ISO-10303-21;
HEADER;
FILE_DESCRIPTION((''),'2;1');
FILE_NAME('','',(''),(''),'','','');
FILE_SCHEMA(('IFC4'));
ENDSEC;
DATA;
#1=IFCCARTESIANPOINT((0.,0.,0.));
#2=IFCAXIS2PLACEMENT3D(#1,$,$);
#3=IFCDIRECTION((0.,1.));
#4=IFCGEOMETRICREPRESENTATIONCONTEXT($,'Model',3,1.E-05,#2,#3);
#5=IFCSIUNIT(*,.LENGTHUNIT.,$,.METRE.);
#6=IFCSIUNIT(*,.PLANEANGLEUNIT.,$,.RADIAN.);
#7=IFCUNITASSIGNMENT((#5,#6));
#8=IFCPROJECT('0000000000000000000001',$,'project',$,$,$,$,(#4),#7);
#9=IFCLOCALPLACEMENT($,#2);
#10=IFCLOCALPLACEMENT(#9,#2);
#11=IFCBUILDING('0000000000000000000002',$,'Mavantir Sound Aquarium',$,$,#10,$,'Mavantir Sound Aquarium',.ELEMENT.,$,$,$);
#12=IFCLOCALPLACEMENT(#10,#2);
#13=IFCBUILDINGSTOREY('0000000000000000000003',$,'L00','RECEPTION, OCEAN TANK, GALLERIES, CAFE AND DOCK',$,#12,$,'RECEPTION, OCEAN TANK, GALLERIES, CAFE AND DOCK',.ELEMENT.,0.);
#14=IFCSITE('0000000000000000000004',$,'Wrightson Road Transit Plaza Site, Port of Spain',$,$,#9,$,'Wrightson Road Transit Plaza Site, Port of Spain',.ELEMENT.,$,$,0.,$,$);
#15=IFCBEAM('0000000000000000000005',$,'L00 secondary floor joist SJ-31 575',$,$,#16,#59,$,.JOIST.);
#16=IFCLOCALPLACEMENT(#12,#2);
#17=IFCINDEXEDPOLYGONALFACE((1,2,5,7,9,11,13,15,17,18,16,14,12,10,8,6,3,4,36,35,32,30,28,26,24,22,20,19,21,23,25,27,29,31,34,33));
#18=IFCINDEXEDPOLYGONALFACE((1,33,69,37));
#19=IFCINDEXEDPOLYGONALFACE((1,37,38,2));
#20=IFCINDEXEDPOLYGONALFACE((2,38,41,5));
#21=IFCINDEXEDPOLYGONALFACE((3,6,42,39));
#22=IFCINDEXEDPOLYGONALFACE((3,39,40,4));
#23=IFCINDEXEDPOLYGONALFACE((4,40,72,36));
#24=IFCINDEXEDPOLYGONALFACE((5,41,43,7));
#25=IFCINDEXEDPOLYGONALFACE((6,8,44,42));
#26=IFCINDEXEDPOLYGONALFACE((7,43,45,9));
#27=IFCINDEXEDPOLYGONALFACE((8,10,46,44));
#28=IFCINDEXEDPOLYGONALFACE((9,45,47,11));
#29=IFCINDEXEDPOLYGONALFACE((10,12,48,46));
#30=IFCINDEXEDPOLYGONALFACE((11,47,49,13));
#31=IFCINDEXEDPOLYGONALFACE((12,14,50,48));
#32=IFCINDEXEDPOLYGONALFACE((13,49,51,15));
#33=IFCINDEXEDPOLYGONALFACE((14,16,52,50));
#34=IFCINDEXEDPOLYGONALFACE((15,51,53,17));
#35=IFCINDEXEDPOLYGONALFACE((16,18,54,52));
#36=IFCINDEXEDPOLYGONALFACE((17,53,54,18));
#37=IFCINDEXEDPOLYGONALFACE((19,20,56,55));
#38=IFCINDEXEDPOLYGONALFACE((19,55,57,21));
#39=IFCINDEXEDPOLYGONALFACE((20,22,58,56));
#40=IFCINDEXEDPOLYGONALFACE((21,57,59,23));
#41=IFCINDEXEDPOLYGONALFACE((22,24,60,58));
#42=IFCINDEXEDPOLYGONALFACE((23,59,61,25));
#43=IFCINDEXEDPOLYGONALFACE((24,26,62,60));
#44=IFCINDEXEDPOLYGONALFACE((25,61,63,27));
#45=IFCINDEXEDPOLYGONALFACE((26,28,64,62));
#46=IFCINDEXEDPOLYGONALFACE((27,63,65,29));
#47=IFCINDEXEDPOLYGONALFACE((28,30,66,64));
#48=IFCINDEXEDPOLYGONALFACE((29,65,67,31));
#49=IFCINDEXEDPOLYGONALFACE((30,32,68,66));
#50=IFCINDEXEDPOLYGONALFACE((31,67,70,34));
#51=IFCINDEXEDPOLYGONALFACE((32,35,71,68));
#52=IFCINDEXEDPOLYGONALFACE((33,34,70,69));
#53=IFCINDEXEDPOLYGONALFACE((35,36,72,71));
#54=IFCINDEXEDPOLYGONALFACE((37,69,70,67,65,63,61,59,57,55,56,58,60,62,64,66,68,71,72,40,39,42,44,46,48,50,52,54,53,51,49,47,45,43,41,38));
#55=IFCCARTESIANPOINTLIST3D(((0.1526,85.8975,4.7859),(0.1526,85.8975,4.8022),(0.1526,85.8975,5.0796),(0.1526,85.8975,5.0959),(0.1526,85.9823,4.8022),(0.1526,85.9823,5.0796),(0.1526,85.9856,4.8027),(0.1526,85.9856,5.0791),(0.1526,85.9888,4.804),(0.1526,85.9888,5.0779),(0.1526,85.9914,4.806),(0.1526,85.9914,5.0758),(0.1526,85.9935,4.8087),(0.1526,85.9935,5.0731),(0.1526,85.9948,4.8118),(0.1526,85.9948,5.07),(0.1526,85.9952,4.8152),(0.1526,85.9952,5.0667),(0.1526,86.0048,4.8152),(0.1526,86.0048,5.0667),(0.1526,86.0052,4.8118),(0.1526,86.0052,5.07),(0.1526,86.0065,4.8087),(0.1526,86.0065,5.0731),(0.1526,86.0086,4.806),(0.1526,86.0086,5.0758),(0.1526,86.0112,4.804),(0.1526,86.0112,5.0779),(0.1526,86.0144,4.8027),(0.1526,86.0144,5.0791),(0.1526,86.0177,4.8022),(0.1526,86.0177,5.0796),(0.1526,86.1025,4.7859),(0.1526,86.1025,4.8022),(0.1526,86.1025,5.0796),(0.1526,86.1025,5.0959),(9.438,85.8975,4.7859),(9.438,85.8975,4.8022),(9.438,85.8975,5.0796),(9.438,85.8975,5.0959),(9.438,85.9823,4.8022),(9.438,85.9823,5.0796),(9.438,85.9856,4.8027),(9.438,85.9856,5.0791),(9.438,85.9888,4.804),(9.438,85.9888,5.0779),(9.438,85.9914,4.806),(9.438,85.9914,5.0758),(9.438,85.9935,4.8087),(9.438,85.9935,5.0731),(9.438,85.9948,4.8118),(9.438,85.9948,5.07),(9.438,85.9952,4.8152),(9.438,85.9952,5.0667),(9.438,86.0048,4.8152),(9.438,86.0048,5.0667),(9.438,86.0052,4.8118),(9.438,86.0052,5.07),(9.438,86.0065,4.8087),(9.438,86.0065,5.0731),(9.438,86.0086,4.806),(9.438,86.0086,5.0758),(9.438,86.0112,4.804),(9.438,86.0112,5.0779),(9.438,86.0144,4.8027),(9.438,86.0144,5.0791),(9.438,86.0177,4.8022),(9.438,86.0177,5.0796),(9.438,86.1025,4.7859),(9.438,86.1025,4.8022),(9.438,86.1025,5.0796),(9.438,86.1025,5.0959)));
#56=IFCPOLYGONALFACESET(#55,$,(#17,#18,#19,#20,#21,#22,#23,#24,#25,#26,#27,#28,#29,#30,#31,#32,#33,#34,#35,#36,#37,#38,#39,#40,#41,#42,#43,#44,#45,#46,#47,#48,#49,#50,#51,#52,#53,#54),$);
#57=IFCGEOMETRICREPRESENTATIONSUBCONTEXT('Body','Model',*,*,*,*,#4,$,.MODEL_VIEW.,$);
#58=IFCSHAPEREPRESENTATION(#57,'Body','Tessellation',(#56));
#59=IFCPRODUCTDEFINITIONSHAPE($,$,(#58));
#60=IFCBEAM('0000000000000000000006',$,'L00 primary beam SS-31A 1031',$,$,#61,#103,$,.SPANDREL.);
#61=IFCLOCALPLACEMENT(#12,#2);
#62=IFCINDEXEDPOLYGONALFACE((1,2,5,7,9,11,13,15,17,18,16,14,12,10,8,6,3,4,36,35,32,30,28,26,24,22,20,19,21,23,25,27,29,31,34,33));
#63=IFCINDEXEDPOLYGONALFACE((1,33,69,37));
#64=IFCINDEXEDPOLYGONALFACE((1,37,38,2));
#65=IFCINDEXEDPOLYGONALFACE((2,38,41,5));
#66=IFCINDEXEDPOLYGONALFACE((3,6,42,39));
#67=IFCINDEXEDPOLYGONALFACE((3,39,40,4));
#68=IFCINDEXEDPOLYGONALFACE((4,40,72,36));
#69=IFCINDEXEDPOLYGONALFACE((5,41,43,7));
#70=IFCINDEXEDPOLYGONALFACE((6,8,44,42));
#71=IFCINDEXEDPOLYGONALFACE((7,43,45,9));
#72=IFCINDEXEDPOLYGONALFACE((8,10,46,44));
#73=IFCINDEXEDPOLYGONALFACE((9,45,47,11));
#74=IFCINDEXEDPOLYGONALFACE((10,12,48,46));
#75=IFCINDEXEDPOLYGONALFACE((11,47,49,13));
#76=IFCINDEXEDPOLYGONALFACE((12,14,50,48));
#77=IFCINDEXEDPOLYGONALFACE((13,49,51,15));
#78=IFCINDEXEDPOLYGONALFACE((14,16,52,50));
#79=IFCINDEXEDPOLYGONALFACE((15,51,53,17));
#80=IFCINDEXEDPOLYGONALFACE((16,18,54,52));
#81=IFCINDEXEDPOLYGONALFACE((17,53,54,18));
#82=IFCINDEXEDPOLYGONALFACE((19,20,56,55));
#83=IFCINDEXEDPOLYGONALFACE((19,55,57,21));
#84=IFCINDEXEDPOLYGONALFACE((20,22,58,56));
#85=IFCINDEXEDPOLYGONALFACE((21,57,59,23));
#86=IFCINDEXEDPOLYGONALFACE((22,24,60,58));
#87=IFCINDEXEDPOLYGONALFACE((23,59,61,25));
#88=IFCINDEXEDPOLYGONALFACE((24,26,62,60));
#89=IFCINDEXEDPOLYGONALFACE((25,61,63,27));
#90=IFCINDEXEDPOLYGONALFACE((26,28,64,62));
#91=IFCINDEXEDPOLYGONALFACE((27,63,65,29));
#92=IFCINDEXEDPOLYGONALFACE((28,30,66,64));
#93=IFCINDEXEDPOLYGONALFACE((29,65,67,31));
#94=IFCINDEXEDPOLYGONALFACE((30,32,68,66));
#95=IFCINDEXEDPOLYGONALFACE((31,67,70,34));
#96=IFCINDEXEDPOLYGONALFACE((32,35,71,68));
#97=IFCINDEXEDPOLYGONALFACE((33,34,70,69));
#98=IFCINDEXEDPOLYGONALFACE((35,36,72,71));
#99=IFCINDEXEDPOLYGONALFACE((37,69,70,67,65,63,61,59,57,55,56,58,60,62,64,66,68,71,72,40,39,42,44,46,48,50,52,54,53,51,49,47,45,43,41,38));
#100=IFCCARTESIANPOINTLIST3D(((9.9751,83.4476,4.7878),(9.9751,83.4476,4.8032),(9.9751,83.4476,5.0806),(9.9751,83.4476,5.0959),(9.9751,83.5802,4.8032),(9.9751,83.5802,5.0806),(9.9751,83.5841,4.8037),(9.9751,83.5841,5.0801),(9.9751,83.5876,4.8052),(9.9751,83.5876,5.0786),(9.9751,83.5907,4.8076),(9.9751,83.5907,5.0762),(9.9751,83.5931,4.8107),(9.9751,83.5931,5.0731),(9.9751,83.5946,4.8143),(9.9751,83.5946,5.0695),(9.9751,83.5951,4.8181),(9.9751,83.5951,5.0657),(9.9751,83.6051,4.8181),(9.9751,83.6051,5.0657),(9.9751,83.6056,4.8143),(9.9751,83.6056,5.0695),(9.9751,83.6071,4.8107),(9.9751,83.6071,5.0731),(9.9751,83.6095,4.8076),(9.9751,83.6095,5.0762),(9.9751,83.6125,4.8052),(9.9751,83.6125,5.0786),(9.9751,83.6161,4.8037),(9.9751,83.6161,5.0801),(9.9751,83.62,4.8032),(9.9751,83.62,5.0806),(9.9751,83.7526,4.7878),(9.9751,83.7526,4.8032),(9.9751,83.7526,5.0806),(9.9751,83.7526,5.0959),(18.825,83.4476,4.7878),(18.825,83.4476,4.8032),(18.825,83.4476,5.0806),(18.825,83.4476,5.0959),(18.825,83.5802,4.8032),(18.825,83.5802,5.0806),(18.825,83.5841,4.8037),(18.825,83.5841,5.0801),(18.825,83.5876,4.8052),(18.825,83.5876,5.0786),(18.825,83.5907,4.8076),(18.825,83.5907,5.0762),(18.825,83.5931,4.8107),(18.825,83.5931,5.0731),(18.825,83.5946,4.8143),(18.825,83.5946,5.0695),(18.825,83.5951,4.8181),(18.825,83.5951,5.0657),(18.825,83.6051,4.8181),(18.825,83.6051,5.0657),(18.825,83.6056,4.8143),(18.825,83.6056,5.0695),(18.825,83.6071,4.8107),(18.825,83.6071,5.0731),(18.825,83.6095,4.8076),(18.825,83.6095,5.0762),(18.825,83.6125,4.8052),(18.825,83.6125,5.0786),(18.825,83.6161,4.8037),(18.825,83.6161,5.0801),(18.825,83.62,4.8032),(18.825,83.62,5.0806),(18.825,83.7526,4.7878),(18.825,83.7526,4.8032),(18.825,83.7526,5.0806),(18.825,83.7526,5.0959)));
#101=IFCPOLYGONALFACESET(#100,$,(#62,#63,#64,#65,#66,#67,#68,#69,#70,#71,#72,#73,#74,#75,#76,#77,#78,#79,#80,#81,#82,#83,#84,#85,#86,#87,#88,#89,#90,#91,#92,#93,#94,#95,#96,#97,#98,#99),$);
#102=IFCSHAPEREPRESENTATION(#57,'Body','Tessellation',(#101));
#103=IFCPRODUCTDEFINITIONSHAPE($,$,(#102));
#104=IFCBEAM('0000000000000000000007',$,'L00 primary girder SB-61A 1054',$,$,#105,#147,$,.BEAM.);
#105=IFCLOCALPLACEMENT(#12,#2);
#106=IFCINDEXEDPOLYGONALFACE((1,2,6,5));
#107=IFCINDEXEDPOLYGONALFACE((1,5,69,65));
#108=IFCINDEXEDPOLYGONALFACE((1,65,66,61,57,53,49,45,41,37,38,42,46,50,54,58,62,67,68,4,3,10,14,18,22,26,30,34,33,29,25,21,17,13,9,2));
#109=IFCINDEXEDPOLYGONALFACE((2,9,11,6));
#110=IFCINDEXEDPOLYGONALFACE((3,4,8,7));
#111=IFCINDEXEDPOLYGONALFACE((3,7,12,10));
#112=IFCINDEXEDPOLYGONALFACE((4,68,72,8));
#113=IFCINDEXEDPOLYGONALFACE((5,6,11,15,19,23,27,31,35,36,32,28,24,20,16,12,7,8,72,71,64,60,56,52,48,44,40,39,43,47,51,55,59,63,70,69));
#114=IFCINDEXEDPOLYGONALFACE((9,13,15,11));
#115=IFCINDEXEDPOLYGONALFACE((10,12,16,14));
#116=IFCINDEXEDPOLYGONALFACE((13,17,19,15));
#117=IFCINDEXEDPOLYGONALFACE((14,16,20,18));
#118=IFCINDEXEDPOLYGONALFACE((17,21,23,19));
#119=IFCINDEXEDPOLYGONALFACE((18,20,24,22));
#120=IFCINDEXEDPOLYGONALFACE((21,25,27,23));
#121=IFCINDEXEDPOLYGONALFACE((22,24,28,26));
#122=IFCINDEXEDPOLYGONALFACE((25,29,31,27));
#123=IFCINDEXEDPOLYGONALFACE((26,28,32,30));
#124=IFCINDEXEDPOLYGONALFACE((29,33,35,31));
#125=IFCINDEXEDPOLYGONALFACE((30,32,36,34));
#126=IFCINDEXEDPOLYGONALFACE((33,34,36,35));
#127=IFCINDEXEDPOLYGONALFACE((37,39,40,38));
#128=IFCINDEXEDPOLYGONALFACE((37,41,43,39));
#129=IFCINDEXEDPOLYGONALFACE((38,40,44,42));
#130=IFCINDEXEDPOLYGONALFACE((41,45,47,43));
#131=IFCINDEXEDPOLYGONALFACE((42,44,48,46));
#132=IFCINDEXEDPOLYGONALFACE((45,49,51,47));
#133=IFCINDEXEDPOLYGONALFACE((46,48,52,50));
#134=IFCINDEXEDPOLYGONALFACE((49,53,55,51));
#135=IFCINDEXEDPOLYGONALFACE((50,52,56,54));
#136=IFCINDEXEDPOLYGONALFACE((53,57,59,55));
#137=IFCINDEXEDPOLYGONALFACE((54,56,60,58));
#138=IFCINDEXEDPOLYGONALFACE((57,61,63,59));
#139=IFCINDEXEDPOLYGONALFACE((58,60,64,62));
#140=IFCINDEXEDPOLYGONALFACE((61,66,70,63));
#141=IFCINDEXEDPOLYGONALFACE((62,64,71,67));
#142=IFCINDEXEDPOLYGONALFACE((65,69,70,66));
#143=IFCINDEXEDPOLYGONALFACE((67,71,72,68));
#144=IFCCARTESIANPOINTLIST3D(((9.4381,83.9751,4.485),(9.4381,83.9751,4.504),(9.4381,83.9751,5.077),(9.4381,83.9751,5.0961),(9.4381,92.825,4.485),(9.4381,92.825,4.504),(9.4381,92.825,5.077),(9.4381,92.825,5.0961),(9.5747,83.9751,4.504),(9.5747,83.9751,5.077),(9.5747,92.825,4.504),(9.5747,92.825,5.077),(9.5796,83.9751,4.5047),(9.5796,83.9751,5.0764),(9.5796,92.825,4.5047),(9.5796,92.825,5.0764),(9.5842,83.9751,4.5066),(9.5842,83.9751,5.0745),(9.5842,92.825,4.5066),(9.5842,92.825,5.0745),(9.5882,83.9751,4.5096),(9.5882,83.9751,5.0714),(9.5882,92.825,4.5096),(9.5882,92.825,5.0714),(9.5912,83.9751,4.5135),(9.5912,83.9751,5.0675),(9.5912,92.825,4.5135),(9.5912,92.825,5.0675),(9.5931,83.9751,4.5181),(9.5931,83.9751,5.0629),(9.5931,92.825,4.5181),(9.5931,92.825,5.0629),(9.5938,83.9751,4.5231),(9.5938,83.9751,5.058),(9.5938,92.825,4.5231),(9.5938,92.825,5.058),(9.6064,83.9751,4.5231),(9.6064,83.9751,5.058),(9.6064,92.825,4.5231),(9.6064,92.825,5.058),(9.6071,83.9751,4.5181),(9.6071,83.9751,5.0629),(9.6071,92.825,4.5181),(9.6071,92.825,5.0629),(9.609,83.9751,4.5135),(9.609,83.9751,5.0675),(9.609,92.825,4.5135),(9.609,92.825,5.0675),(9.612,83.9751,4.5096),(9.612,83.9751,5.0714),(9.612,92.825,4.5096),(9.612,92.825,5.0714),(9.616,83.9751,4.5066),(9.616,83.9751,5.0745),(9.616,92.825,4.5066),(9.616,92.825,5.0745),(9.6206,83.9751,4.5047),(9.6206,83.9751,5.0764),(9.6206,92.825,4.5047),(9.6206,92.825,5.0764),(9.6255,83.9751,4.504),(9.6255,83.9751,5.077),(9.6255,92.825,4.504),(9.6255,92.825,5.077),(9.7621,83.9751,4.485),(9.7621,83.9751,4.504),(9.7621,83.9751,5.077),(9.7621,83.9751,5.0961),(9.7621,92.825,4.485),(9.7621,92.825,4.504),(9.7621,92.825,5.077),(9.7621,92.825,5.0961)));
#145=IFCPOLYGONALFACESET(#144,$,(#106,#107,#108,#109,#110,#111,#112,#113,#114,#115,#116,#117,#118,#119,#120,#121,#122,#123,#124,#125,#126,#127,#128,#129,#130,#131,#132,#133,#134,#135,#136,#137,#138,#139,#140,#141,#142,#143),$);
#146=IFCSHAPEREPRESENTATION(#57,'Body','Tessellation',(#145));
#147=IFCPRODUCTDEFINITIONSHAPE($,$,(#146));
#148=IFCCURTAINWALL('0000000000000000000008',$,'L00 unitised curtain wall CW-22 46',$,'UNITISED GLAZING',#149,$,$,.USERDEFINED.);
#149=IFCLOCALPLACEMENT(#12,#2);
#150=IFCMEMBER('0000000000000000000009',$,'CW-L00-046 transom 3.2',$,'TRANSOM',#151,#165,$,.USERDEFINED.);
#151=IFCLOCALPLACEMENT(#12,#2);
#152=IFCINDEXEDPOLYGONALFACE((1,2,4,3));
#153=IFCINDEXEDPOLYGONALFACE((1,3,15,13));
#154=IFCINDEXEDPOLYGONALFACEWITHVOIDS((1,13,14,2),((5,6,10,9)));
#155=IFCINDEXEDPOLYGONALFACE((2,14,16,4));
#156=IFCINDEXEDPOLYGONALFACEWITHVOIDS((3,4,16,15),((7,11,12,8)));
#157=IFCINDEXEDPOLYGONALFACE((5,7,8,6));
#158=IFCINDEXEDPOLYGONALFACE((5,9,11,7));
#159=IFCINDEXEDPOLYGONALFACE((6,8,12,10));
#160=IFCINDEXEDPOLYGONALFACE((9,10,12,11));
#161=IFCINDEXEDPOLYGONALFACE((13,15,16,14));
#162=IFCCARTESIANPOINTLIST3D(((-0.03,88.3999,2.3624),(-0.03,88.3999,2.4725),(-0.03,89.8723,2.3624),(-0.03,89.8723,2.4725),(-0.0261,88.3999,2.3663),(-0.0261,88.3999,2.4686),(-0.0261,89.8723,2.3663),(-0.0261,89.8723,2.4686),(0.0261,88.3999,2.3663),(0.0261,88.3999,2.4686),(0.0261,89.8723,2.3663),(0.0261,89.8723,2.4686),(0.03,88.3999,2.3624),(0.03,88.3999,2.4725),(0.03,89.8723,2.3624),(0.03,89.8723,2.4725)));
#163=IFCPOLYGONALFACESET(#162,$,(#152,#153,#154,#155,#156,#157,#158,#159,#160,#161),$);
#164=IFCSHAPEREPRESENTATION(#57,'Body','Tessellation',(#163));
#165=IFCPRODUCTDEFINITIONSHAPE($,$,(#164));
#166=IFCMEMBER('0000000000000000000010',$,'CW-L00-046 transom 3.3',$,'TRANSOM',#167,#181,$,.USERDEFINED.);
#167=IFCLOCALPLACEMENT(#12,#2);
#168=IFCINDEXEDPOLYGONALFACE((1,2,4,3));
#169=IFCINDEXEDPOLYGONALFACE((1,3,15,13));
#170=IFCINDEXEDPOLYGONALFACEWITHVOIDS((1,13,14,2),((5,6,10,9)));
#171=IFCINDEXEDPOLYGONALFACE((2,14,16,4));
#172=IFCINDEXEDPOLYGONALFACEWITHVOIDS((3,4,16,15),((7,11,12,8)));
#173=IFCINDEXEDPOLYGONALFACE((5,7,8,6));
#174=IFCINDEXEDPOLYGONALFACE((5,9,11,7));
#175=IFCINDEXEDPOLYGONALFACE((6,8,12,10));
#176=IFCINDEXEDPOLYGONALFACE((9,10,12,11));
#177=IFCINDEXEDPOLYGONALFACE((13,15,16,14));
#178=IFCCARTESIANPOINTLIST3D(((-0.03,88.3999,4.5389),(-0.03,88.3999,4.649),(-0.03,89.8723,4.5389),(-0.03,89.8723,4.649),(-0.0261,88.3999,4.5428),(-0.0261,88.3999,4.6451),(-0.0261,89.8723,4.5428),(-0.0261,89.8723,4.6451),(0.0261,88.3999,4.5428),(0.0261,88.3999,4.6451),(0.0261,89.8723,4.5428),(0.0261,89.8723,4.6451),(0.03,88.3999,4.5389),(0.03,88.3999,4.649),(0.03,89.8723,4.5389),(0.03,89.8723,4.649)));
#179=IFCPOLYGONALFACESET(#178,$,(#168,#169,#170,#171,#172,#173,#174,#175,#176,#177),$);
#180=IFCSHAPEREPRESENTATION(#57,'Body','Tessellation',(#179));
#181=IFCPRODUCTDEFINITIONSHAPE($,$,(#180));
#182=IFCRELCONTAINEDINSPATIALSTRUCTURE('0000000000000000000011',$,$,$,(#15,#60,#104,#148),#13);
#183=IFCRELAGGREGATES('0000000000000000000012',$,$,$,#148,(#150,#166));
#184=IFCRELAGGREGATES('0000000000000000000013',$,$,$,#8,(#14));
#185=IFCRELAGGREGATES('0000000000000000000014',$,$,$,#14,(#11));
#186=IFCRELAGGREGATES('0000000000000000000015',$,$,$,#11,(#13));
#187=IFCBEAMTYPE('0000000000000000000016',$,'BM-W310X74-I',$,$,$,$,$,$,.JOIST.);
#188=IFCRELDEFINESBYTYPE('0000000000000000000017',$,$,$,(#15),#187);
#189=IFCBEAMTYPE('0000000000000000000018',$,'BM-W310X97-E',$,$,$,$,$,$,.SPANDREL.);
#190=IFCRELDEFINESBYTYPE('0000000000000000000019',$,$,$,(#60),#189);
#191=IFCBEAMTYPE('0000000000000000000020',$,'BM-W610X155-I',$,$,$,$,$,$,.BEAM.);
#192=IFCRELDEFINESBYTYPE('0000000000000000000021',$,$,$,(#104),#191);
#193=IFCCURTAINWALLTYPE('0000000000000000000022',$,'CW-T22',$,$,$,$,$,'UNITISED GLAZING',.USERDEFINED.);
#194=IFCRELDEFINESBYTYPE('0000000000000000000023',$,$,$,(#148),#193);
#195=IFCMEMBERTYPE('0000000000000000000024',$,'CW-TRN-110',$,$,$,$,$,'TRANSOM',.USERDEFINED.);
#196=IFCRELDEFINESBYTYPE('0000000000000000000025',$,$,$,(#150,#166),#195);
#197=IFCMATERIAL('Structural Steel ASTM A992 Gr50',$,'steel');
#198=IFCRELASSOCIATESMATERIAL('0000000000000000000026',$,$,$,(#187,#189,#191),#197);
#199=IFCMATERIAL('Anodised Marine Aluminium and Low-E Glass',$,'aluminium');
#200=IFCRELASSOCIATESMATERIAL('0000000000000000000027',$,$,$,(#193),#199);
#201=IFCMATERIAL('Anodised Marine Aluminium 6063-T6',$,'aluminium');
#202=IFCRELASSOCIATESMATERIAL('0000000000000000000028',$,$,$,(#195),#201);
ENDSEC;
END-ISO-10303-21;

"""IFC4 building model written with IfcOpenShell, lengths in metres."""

from ifc_helpers import new_model, si_unit, direction, frame, origin, origin_2d, place, context, subcontext, project, spatial, hollow_rectangle, i_section, extrude, material, material_profile, profile_set, type_object, element, aggregate, save


model = new_model("IFC4")

# Units and contexts
model_context = context("Model", 3, precision=1e-05, world=origin(), true_north=direction((0.0, 1.0)))
body_context = subcontext(model_context, "Body", "Model", "MODEL_VIEW")
ifc_project = project(units=[si_unit("LENGTHUNIT", "METRE"), si_unit("PLANEANGLEUNIT", "RADIAN")], contexts=[model_context])

# Site, building, storey
site_placement = place(None, origin())
site = spatial("IfcSite", under=ifc_project, at=site_placement, Name="Wrightson Road Transit Plaza Site, Port of Spain", LongName="Wrightson Road Transit Plaza Site, Port of Spain", CompositionType="ELEMENT", RefElevation=0.0)
building_placement = place(site_placement, origin())
building = spatial("IfcBuilding", under=site, at=building_placement, Name="Mavantir Sound Aquarium", LongName="Mavantir Sound Aquarium", CompositionType="ELEMENT")
storey_placement = place(building_placement, origin())
storey = spatial("IfcBuildingStorey", under=building, at=storey_placement, Name="L00", Description="RECEPTION, OCEAN TANK, GALLERIES, CAFE AND DOCK", LongName="RECEPTION, OCEAN TANK, GALLERIES, CAFE AND DOCK", CompositionType="ELEMENT", Elevation=0.0)

# Beams
ifc_material_1 = material(Name="Structural Steel ASTM A992 Gr50", Category="steel")
ifc_material_profile_1 = material_profile(ifc_material_1, i_section(OverallWidth=0.2051, OverallDepth=0.3101, WebThickness=0.0095, FlangeThickness=0.0164, FilletRadius=0.0129, at=origin_2d()), Name="W310X74")
ifc_profile_set_1 = profile_set([ifc_material_profile_1], Name="Structural Steel ASTM A992 Gr50")
beam_type_1 = type_object("IfcBeamType", Name="BM-W310X74-I", PredefinedType="JOIST", material=ifc_profile_set_1)
beam_1_placement = place(storey_placement, frame((0.1526, 86.0, 4.9409), z_axis=(1.0, 0.0, 0.0), x_axis=(0.0, 1.0, 0.0)))
element("IfcBeam", 1, at=beam_1_placement, inside=storey, type_object=beam_type_1, Name="L00 secondary floor joist SJ-31 575", PredefinedType="JOIST", context=body_context, shape_type="SweptSolid", body=[
    extrude(i_section(OverallWidth=0.2051, OverallDepth=0.3101, WebThickness=0.0095, FlangeThickness=0.0164, FilletRadius=0.0129, at=origin_2d()), origin(), (0.0, 0.0, 1.0), 9.2854),
])
ifc_material_profile_2 = material_profile(ifc_material_1, i_section(OverallWidth=0.3049, OverallDepth=0.3081, WebThickness=0.01, FlangeThickness=0.0154, FilletRadius=0.0149, at=origin_2d()), Name="W310X97")
ifc_profile_set_2 = profile_set([ifc_material_profile_2], Name="Structural Steel ASTM A992 Gr50")
beam_type_2 = type_object("IfcBeamType", Name="BM-W310X97-E", PredefinedType="SPANDREL", material=ifc_profile_set_2)
beam_2_placement = place(storey_placement, frame((9.9751, 83.6001, 4.9419), z_axis=(1.0, 0.0, 0.0), x_axis=(0.0, 1.0, 0.0)))
element("IfcBeam", 2, at=beam_2_placement, inside=storey, type_object=beam_type_2, Name="L00 primary beam SS-31A 1031", PredefinedType="SPANDREL", context=body_context, shape_type="SweptSolid", body=[
    extrude(i_section(OverallWidth=0.3049, OverallDepth=0.3081, WebThickness=0.01, FlangeThickness=0.0154, FilletRadius=0.0149, at=origin_2d()), origin(), (0.0, 0.0, 1.0), 8.8499),
])
ifc_material_profile_3 = material_profile(ifc_material_1, i_section(OverallWidth=0.324, OverallDepth=0.6111, WebThickness=0.0127, FlangeThickness=0.019, FilletRadius=0.019, at=origin_2d()), Name="W610X155")
ifc_profile_set_3 = profile_set([ifc_material_profile_3], Name="Structural Steel ASTM A992 Gr50")
beam_type_3 = type_object("IfcBeamType", Name="BM-W610X155-I", PredefinedType="BEAM", material=ifc_profile_set_3)
beam_3_placement = place(storey_placement, frame((9.6001, 83.9751, 4.7905), z_axis=(0.0, 1.0, 0.0), x_axis=(-1.0, 0.0, 0.0)))
element("IfcBeam", 3, at=beam_3_placement, inside=storey, type_object=beam_type_3, Name="L00 primary girder SB-61A 1054", PredefinedType="BEAM", context=body_context, shape_type="SweptSolid", body=[
    extrude(i_section(OverallWidth=0.324, OverallDepth=0.6111, WebThickness=0.0127, FlangeThickness=0.019, FilletRadius=0.019, at=origin_2d()), origin(), (0.0, 0.0, 1.0), 8.8499),
])

# Curtain wall, members
ifc_material_2 = material(Name="Anodised Marine Aluminium and Low-E Glass", Category="aluminium")
curtain_wall_type = type_object("IfcCurtainWallType", Name="CW-T22", ElementType="UNITISED GLAZING", PredefinedType="USERDEFINED", material=ifc_material_2)
curtain_wall_placement = place(storey_placement, origin())
curtain_wall = element("IfcCurtainWall", 4, at=curtain_wall_placement, inside=storey, type_object=curtain_wall_type, Name="L00 unitised curtain wall CW-22 46", ObjectType="UNITISED GLAZING", PredefinedType="USERDEFINED")
ifc_material_3 = material(Name="Anodised Marine Aluminium 6063-T6", Category="aluminium")
ifc_material_profile_4 = material_profile(ifc_material_3, hollow_rectangle(XDim=0.0601, YDim=0.1101, WallThickness=0.0039, at=origin_2d()), Name="ALU-TRANSOM-110X60")
ifc_profile_set_4 = profile_set([ifc_material_profile_4], Name="Anodised Marine Aluminium 6063-T6")
member_type = type_object("IfcMemberType", Name="CW-TRN-110", ElementType="TRANSOM", PredefinedType="USERDEFINED", material=ifc_profile_set_4)
member_1_placement = place(storey_placement, frame((0.0, 89.8723, 2.4175), z_axis=(0.0, -1.0, 0.0), x_axis=(1.0, 0.0, 0.0)))
member_1 = element("IfcMember", 5, at=member_1_placement, type_object=member_type, Name="CW-L00-046 transom 3.2", ObjectType="TRANSOM", PredefinedType="USERDEFINED", context=body_context, shape_type="SweptSolid", body=[
    extrude(hollow_rectangle(XDim=0.0601, YDim=0.1101, WallThickness=0.0039, at=origin_2d()), origin(), (0.0, 0.0, 1.0), 1.4724),
])
member_2_placement = place(storey_placement, frame((0.0, 89.8723, 4.594), z_axis=(0.0, -1.0, 0.0), x_axis=(1.0, 0.0, 0.0)))
member_2 = element("IfcMember", 6, at=member_2_placement, type_object=member_type, Name="CW-L00-046 transom 3.3", ObjectType="TRANSOM", PredefinedType="USERDEFINED", context=body_context, shape_type="SweptSolid", body=[
    extrude(hollow_rectangle(XDim=0.0601, YDim=0.1101, WallThickness=0.0039, at=origin_2d()), origin(), (0.0, 0.0, 1.0), 1.4724),
])
aggregate(curtain_wall, [member_1, member_2])

save(model, "model.ifc")
